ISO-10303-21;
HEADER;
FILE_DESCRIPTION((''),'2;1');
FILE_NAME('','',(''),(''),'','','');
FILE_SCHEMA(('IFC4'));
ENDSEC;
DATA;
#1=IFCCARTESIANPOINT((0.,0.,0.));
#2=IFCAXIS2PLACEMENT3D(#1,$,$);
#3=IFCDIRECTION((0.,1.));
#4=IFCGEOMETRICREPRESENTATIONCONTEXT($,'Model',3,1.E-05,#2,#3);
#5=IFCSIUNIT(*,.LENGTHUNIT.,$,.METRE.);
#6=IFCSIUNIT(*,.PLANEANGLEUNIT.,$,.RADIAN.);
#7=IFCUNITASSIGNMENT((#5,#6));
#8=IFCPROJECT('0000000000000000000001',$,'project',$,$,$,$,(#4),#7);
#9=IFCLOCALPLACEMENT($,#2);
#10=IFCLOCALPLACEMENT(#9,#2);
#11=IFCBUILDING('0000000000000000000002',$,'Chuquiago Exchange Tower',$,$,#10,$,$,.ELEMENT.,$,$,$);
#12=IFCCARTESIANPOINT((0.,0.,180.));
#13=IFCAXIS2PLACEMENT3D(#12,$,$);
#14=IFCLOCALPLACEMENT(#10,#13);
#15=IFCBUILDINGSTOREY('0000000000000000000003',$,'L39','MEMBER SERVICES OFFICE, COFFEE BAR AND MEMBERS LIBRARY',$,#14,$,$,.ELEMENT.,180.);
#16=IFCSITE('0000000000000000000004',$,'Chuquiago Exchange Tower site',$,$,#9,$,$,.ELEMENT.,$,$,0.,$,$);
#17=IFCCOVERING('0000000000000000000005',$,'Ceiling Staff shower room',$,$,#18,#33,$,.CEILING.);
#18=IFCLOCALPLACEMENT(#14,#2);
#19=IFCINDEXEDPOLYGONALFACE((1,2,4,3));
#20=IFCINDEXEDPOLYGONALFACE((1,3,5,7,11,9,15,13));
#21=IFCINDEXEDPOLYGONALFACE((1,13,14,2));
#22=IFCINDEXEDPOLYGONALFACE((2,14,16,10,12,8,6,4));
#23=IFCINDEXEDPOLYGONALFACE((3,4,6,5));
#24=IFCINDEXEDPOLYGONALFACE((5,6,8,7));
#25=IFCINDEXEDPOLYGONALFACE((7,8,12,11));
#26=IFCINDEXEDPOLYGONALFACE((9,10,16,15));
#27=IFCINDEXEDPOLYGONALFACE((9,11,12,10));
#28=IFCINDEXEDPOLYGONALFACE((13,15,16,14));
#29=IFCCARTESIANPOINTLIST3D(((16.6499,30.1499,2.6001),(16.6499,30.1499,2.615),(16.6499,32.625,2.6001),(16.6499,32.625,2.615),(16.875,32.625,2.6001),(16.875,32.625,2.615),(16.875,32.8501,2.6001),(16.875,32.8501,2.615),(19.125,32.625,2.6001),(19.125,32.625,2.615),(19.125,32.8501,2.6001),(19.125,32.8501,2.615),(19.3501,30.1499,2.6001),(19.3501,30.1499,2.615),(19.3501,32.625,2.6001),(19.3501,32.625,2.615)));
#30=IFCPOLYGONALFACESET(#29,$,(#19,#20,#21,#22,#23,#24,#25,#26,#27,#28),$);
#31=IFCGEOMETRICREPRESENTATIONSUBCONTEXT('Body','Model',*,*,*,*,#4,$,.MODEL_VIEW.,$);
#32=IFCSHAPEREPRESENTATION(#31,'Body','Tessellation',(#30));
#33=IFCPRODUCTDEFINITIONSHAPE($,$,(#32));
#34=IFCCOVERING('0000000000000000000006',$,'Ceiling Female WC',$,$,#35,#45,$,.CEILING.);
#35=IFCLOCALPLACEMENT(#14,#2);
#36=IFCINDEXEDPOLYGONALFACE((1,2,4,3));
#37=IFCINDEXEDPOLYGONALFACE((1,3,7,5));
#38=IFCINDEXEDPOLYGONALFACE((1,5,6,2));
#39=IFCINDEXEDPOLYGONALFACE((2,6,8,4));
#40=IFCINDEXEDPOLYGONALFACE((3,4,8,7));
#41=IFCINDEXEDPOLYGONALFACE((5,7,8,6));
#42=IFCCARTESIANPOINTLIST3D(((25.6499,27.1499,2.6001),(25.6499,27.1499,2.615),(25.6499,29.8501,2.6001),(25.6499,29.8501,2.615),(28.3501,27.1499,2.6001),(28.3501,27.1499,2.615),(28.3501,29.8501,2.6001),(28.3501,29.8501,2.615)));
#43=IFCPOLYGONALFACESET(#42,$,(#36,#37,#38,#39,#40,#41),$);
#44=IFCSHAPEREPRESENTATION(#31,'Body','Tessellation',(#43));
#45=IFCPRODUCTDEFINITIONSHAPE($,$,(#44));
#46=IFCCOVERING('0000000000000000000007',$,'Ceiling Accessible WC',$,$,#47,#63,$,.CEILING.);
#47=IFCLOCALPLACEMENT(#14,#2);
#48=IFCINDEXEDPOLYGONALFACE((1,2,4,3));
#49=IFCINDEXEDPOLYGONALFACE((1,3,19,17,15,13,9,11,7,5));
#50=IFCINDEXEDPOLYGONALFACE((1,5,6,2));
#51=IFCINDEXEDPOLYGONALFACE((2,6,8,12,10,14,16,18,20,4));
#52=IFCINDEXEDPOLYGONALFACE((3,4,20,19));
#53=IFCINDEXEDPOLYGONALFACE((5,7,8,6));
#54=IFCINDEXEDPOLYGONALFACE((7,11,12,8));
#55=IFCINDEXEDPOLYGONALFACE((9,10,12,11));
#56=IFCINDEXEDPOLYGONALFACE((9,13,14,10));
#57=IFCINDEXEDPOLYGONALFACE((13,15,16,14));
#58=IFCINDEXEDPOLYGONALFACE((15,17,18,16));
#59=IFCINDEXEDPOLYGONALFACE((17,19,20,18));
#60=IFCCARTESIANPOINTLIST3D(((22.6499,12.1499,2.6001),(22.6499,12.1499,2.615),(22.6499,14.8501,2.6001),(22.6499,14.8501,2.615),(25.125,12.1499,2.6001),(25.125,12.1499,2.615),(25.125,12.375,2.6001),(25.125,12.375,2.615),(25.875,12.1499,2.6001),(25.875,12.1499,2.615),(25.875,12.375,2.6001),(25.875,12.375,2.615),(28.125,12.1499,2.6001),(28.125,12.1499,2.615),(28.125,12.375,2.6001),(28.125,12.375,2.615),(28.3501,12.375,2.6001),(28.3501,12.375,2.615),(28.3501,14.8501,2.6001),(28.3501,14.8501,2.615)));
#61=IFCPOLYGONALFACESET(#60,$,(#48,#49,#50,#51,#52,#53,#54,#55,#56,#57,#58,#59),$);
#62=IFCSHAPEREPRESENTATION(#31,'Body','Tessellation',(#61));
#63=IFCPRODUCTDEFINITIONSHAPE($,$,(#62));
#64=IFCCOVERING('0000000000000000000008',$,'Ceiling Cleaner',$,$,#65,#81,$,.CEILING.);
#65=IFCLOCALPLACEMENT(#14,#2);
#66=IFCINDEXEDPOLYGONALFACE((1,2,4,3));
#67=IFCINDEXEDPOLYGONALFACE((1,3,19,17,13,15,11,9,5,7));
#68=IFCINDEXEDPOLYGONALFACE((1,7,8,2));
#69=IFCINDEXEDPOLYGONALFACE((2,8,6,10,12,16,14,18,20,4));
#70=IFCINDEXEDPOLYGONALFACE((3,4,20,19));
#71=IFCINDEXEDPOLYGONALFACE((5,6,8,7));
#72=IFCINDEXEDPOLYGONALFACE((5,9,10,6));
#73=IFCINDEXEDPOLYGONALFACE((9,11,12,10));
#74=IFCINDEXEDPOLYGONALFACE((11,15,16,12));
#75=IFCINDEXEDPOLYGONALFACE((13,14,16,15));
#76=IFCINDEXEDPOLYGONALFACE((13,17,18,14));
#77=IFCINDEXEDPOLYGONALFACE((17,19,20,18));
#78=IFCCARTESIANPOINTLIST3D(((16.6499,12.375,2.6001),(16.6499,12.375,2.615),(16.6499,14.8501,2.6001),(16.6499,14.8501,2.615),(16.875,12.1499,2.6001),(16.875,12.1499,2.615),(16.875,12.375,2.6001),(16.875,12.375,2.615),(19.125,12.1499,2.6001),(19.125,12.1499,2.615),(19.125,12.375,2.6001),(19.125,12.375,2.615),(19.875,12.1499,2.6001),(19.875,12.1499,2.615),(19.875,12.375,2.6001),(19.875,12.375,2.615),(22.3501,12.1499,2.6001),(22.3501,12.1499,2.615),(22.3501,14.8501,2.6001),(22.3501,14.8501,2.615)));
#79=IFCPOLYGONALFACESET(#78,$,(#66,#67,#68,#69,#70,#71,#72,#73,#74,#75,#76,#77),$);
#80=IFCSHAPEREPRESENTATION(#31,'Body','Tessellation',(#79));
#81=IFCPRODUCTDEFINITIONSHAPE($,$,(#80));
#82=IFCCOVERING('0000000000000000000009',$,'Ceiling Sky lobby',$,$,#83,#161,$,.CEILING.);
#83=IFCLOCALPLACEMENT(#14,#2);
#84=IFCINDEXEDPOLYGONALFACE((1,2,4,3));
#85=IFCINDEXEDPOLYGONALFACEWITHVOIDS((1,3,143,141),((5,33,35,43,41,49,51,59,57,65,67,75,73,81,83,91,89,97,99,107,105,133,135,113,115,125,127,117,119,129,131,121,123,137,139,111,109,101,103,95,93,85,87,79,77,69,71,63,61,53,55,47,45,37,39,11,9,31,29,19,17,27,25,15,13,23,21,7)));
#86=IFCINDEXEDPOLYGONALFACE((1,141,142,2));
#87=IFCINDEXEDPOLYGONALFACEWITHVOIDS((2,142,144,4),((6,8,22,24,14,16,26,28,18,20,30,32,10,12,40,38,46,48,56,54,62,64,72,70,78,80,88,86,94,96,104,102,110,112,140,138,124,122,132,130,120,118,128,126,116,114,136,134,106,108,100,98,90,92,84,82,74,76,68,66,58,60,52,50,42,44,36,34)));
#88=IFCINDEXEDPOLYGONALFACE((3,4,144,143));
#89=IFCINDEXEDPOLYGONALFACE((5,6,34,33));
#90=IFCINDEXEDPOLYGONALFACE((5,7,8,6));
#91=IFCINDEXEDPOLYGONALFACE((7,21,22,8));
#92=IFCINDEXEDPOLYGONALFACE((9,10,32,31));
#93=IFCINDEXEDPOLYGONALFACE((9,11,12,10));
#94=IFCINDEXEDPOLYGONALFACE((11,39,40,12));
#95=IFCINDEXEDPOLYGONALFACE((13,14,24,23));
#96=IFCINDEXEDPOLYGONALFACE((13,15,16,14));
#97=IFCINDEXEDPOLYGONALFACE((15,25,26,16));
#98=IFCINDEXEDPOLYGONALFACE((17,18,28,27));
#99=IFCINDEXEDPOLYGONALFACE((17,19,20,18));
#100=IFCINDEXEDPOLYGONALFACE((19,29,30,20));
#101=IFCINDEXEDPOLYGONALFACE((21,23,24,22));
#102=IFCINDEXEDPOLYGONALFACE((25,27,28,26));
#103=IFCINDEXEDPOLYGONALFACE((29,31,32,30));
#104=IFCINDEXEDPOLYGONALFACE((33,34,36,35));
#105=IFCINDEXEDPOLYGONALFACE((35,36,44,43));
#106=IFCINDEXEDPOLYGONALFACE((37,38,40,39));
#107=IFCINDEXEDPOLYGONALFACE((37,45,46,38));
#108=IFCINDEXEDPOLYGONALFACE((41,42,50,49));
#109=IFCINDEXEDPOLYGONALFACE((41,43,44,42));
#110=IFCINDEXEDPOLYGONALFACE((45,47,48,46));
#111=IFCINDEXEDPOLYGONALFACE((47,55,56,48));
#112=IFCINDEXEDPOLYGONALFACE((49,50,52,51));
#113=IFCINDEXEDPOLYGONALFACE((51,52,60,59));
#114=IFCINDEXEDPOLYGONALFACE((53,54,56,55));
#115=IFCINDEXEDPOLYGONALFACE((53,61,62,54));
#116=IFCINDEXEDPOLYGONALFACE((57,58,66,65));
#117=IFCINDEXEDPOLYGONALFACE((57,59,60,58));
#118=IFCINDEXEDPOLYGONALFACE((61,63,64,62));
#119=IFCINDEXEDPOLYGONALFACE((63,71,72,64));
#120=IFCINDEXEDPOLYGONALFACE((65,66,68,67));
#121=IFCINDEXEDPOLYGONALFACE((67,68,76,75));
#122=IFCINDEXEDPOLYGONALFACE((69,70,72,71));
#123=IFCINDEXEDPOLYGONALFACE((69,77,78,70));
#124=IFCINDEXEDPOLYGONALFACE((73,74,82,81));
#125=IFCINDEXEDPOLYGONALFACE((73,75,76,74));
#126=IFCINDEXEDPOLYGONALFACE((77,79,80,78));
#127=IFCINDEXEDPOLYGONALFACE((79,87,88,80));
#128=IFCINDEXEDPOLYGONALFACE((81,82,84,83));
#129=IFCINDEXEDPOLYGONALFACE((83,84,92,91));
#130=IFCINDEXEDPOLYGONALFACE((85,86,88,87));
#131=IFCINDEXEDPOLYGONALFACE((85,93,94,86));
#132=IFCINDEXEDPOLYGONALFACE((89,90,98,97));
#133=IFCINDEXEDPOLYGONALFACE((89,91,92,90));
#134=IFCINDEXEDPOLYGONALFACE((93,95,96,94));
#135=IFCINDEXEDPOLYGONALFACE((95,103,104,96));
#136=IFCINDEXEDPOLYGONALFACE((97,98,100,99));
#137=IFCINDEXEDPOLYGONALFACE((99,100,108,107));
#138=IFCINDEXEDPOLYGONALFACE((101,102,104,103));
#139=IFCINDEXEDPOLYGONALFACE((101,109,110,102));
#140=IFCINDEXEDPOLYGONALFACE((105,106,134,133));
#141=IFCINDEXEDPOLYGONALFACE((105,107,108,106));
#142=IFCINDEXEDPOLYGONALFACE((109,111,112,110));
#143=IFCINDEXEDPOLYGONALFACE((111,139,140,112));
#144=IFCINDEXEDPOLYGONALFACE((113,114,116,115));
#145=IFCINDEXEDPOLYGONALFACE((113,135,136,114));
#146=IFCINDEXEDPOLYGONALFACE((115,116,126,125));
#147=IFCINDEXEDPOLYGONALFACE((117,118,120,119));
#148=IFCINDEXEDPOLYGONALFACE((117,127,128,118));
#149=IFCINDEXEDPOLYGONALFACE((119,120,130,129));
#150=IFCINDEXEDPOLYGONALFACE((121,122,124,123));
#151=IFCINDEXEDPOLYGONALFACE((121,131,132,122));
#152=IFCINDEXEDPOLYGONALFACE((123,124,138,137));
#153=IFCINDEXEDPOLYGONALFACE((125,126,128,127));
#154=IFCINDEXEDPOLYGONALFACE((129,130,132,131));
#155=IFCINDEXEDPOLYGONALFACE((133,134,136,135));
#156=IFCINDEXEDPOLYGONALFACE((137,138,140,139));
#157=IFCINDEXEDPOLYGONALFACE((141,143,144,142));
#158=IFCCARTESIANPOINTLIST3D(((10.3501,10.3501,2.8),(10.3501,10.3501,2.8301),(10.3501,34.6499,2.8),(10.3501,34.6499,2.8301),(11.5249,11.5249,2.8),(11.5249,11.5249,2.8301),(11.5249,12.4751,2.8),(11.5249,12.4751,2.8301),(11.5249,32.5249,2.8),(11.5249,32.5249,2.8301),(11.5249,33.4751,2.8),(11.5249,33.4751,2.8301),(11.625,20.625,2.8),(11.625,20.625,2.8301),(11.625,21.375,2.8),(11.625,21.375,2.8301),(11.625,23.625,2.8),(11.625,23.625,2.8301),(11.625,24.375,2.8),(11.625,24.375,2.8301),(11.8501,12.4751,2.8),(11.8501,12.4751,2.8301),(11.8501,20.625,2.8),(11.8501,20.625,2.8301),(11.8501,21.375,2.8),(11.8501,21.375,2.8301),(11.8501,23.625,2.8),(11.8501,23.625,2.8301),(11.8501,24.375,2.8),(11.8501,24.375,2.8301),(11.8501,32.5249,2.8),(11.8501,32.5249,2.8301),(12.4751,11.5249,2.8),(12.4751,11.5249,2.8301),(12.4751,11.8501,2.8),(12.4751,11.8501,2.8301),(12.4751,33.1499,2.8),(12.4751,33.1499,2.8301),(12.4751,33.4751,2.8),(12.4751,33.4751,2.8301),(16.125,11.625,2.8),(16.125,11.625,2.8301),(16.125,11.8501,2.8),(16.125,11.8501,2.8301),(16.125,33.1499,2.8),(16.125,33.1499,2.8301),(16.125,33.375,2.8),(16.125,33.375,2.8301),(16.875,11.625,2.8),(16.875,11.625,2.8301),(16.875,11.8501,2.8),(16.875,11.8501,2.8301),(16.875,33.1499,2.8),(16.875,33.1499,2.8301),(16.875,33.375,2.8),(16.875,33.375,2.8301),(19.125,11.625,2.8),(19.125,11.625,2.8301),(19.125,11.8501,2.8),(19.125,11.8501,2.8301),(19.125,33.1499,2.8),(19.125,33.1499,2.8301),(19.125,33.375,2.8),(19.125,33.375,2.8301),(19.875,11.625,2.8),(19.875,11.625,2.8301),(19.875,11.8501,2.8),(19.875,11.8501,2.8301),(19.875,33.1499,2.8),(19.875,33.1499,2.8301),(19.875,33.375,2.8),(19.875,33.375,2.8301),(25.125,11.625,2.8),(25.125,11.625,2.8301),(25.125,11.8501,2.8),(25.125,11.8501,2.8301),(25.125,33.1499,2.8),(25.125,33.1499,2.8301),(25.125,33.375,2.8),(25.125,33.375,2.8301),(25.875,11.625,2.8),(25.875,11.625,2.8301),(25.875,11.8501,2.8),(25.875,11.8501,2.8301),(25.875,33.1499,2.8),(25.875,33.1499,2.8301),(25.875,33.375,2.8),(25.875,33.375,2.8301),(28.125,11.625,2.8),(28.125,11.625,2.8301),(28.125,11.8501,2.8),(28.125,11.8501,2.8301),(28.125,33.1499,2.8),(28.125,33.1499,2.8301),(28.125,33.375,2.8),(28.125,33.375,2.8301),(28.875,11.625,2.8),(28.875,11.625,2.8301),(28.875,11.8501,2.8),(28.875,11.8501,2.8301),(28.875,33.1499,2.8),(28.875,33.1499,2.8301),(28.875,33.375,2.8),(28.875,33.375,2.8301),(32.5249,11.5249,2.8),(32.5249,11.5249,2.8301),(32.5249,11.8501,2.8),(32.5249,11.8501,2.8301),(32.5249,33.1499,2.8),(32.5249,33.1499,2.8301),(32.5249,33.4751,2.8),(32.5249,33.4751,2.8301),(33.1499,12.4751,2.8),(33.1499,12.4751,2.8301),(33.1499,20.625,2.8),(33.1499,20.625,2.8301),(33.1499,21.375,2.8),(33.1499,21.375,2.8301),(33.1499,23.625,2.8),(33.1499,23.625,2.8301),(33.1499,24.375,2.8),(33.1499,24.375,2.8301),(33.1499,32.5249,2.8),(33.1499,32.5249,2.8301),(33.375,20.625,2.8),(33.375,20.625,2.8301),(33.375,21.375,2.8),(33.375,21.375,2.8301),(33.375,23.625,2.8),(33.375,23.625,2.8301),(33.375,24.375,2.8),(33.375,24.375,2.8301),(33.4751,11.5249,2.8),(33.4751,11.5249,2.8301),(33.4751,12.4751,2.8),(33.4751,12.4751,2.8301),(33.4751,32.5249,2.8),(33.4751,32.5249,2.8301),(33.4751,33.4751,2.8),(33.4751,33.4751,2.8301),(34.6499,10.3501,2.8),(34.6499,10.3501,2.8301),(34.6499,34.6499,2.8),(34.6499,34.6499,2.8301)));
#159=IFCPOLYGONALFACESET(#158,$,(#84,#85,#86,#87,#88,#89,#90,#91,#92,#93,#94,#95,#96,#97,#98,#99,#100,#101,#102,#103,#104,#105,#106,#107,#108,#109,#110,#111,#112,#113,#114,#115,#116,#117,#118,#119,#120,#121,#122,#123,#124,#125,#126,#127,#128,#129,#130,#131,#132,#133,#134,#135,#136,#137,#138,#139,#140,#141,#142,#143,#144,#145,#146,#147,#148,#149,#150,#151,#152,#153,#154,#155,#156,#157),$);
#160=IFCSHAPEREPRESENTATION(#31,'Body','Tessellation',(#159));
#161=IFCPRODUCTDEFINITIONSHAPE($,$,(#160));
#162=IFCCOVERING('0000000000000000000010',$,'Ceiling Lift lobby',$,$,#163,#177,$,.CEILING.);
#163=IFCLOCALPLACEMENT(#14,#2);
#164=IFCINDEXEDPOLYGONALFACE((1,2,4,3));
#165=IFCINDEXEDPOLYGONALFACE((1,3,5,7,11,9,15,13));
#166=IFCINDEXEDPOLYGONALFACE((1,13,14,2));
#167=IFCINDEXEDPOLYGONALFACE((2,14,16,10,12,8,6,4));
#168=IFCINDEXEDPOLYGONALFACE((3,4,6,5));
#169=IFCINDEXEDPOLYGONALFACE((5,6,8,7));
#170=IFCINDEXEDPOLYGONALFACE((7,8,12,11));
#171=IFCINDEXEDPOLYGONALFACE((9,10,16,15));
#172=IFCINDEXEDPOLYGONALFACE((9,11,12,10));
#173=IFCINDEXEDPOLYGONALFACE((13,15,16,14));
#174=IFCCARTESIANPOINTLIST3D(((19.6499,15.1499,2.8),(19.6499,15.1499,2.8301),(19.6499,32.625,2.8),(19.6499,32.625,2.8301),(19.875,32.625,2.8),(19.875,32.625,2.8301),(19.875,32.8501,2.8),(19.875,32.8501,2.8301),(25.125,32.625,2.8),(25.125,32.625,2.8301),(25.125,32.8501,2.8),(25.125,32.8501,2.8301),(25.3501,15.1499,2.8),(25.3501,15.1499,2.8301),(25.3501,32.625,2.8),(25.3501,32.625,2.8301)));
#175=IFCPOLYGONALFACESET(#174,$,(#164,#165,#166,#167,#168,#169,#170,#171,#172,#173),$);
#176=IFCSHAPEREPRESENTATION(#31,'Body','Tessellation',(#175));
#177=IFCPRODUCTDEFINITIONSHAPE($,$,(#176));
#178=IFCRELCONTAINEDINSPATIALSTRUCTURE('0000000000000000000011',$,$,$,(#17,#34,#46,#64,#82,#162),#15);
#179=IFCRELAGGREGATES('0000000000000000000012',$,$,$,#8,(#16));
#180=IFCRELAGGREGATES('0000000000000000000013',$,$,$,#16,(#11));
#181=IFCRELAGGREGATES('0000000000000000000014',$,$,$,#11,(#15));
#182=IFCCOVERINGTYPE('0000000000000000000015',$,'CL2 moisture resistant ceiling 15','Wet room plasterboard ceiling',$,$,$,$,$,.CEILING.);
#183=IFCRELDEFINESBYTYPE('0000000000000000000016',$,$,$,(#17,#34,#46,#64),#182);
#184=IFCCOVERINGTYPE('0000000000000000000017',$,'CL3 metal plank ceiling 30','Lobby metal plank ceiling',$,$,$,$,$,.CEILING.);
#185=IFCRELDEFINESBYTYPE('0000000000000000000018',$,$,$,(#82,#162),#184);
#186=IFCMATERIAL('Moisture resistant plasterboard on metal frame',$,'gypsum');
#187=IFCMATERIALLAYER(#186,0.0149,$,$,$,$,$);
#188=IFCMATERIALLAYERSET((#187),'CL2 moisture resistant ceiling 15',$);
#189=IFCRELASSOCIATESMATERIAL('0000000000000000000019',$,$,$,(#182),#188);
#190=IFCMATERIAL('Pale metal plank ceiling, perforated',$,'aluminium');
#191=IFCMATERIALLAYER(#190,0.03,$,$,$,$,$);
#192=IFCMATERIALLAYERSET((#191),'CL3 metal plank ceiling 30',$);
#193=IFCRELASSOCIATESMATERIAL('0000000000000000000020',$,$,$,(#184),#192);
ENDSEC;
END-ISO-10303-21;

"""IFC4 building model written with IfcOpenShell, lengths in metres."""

from ifc_helpers import new_model, si_unit, direction, frame, origin, place, context, subcontext, project, spatial, polyline, outline, extrude, material, layer, layer_set, type_object, element, save


model = new_model("IFC4")

# Units and contexts
model_context = context("Model", 3, precision=1e-05, world=origin(), true_north=direction((0.0, 1.0)))
body_context = subcontext(model_context, "Body", "Model", "MODEL_VIEW")
ifc_project = project(units=[si_unit("LENGTHUNIT", "METRE"), si_unit("PLANEANGLEUNIT", "RADIAN")], contexts=[model_context])

# Site, building, storey
site_placement = place(None, origin())
site = spatial("IfcSite", under=ifc_project, at=site_placement, Name="Chuquiago Exchange Tower site", CompositionType="ELEMENT", RefElevation=0.0)
building_placement = place(site_placement, origin())
building = spatial("IfcBuilding", under=site, at=building_placement, Name="Chuquiago Exchange Tower", CompositionType="ELEMENT")
storey_placement = place(building_placement, frame((0.0, 0.0, 180.0)))
storey = spatial("IfcBuildingStorey", under=building, at=storey_placement, Name="L39", Description="MEMBER SERVICES OFFICE, COFFEE BAR AND MEMBERS LIBRARY", CompositionType="ELEMENT", Elevation=180.0)

# Coverings
ifc_material_1 = material(Name="Moisture resistant plasterboard on metal frame", Category="gypsum")
ifc_layer_1 = layer(ifc_material_1, 0.0149)
ifc_layer_set_1 = layer_set([ifc_layer_1], Name="CL2 moisture resistant ceiling 15")
covering_type_1 = type_object("IfcCoveringType", Name="CL2 moisture resistant ceiling 15", Description="Wet room plasterboard ceiling", PredefinedType="CEILING", material=ifc_layer_set_1)
covering_1_placement = place(storey_placement, frame((0.0, 0.0, 2.6001)))
element("IfcCovering", 1, at=covering_1_placement, inside=storey, type_object=covering_type_1, Name="Ceiling Staff shower room", PredefinedType="CEILING", context=body_context, shape_type="SweptSolid", body=[
    extrude(outline(polyline([(16.6499, 30.1499), (16.6499, 32.625), (16.875, 32.625), (16.875, 32.8501), (19.125, 32.8501), (19.125, 32.625), (19.3501, 32.625), (19.3501, 30.1499), (16.6499, 30.1499)])), origin(), (0.0, 0.0, 1.0), 0.0149),
])
covering_2_placement = place(storey_placement, frame((0.0, 0.0, 2.6001)))
element("IfcCovering", 2, at=covering_2_placement, inside=storey, type_object=covering_type_1, Name="Ceiling Female WC", PredefinedType="CEILING", context=body_context, shape_type="SweptSolid", body=[
    extrude(outline(polyline([(25.6499, 27.1499), (25.6499, 29.8501), (28.3501, 29.8501), (28.3501, 27.1499), (25.6499, 27.1499)])), origin(), (0.0, 0.0, 1.0), 0.0149),
])
covering_3_placement = place(storey_placement, frame((0.0, 0.0, 2.6001)))
element("IfcCovering", 3, at=covering_3_placement, inside=storey, type_object=covering_type_1, Name="Ceiling Accessible WC", PredefinedType="CEILING", context=body_context, shape_type="SweptSolid", body=[
    extrude(outline(polyline([(25.875, 12.1499), (25.875, 12.375), (25.125, 12.375), (25.125, 12.1499), (22.6499, 12.1499), (22.6499, 14.8501), (28.3501, 14.8501), (28.3501, 12.375), (28.125, 12.375), (28.125, 12.1499), (25.875, 12.1499)])), origin(), (0.0, 0.0, 1.0), 0.0149),
])
covering_4_placement = place(storey_placement, frame((0.0, 0.0, 2.6001)))
element("IfcCovering", 4, at=covering_4_placement, inside=storey, type_object=covering_type_1, Name="Ceiling Cleaner", PredefinedType="CEILING", context=body_context, shape_type="SweptSolid", body=[
    extrude(outline(polyline([(19.875, 12.1499), (19.875, 12.375), (19.125, 12.375), (19.125, 12.1499), (16.875, 12.1499), (16.875, 12.375), (16.6499, 12.375), (16.6499, 14.8501), (22.3501, 14.8501), (22.3501, 12.1499), (19.875, 12.1499)])), origin(), (0.0, 0.0, 1.0), 0.0149),
])
ifc_material_2 = material(Name="Pale metal plank ceiling, perforated", Category="aluminium")
ifc_layer_2 = layer(ifc_material_2, 0.03)
ifc_layer_set_2 = layer_set([ifc_layer_2], Name="CL3 metal plank ceiling 30")
covering_type_2 = type_object("IfcCoveringType", Name="CL3 metal plank ceiling 30", Description="Lobby metal plank ceiling", PredefinedType="CEILING", material=ifc_layer_set_2)
covering_5_placement = place(storey_placement, frame((0.0, 0.0, 2.8)))
element("IfcCovering", 5, at=covering_5_placement, inside=storey, type_object=covering_type_2, Name="Ceiling Sky lobby", PredefinedType="CEILING", context=body_context, shape_type="SweptSolid", body=[
    extrude(outline(polyline([(10.3501, 34.6499), (34.6499, 34.6499), (34.6499, 10.3501), (10.3501, 10.3501), (10.3501, 34.6499)]), holes=[polyline([(16.125, 11.8501), (16.125, 11.625), (16.875, 11.625), (16.875, 11.8501), (19.125, 11.8501), (19.125, 11.625), (19.875, 11.625), (19.875, 11.8501), (25.125, 11.8501), (25.125, 11.625), (25.875, 11.625), (25.875, 11.8501), (28.125, 11.8501), (28.125, 11.625), (28.875, 11.625), (28.875, 11.8501), (32.5249, 11.8501), (32.5249, 11.5249), (33.4751, 11.5249), (33.4751, 12.4751), (33.1499, 12.4751), (33.1499, 20.625), (33.375, 20.625), (33.375, 21.375), (33.1499, 21.375), (33.1499, 23.625), (33.375, 23.625), (33.375, 24.375), (33.1499, 24.375), (33.1499, 32.5249), (33.4751, 32.5249), (33.4751, 33.4751), (32.5249, 33.4751), (32.5249, 33.1499), (28.875, 33.1499), (28.875, 33.375), (28.125, 33.375), (28.125, 33.1499), (25.875, 33.1499), (25.875, 33.375), (25.125, 33.375), (25.125, 33.1499), (19.875, 33.1499), (19.875, 33.375), (19.125, 33.375), (19.125, 33.1499), (16.875, 33.1499), (16.875, 33.375), (16.125, 33.375), (16.125, 33.1499), (12.4751, 33.1499), (12.4751, 33.4751), (11.5249, 33.4751), (11.5249, 32.5249), (11.8501, 32.5249), (11.8501, 24.375), (11.625, 24.375), (11.625, 23.625), (11.8501, 23.625), (11.8501, 21.375), (11.625, 21.375), (11.625, 20.625), (11.8501, 20.625), (11.8501, 12.4751), (11.5249, 12.4751), (11.5249, 11.5249), (12.4751, 11.5249), (12.4751, 11.8501), (16.125, 11.8501)])]), origin(), (0.0, 0.0, 1.0), 0.03),
])
covering_6_placement = place(storey_placement, frame((0.0, 0.0, 2.8)))
element("IfcCovering", 6, at=covering_6_placement, inside=storey, type_object=covering_type_2, Name="Ceiling Lift lobby", PredefinedType="CEILING", context=body_context, shape_type="SweptSolid", body=[
    extrude(outline(polyline([(19.6499, 15.1499), (19.6499, 32.625), (19.875, 32.625), (19.875, 32.8501), (25.125, 32.8501), (25.125, 32.625), (25.3501, 32.625), (25.3501, 15.1499), (19.6499, 15.1499)])), origin(), (0.0, 0.0, 1.0), 0.03),
])

save(model, "model.ifc")
